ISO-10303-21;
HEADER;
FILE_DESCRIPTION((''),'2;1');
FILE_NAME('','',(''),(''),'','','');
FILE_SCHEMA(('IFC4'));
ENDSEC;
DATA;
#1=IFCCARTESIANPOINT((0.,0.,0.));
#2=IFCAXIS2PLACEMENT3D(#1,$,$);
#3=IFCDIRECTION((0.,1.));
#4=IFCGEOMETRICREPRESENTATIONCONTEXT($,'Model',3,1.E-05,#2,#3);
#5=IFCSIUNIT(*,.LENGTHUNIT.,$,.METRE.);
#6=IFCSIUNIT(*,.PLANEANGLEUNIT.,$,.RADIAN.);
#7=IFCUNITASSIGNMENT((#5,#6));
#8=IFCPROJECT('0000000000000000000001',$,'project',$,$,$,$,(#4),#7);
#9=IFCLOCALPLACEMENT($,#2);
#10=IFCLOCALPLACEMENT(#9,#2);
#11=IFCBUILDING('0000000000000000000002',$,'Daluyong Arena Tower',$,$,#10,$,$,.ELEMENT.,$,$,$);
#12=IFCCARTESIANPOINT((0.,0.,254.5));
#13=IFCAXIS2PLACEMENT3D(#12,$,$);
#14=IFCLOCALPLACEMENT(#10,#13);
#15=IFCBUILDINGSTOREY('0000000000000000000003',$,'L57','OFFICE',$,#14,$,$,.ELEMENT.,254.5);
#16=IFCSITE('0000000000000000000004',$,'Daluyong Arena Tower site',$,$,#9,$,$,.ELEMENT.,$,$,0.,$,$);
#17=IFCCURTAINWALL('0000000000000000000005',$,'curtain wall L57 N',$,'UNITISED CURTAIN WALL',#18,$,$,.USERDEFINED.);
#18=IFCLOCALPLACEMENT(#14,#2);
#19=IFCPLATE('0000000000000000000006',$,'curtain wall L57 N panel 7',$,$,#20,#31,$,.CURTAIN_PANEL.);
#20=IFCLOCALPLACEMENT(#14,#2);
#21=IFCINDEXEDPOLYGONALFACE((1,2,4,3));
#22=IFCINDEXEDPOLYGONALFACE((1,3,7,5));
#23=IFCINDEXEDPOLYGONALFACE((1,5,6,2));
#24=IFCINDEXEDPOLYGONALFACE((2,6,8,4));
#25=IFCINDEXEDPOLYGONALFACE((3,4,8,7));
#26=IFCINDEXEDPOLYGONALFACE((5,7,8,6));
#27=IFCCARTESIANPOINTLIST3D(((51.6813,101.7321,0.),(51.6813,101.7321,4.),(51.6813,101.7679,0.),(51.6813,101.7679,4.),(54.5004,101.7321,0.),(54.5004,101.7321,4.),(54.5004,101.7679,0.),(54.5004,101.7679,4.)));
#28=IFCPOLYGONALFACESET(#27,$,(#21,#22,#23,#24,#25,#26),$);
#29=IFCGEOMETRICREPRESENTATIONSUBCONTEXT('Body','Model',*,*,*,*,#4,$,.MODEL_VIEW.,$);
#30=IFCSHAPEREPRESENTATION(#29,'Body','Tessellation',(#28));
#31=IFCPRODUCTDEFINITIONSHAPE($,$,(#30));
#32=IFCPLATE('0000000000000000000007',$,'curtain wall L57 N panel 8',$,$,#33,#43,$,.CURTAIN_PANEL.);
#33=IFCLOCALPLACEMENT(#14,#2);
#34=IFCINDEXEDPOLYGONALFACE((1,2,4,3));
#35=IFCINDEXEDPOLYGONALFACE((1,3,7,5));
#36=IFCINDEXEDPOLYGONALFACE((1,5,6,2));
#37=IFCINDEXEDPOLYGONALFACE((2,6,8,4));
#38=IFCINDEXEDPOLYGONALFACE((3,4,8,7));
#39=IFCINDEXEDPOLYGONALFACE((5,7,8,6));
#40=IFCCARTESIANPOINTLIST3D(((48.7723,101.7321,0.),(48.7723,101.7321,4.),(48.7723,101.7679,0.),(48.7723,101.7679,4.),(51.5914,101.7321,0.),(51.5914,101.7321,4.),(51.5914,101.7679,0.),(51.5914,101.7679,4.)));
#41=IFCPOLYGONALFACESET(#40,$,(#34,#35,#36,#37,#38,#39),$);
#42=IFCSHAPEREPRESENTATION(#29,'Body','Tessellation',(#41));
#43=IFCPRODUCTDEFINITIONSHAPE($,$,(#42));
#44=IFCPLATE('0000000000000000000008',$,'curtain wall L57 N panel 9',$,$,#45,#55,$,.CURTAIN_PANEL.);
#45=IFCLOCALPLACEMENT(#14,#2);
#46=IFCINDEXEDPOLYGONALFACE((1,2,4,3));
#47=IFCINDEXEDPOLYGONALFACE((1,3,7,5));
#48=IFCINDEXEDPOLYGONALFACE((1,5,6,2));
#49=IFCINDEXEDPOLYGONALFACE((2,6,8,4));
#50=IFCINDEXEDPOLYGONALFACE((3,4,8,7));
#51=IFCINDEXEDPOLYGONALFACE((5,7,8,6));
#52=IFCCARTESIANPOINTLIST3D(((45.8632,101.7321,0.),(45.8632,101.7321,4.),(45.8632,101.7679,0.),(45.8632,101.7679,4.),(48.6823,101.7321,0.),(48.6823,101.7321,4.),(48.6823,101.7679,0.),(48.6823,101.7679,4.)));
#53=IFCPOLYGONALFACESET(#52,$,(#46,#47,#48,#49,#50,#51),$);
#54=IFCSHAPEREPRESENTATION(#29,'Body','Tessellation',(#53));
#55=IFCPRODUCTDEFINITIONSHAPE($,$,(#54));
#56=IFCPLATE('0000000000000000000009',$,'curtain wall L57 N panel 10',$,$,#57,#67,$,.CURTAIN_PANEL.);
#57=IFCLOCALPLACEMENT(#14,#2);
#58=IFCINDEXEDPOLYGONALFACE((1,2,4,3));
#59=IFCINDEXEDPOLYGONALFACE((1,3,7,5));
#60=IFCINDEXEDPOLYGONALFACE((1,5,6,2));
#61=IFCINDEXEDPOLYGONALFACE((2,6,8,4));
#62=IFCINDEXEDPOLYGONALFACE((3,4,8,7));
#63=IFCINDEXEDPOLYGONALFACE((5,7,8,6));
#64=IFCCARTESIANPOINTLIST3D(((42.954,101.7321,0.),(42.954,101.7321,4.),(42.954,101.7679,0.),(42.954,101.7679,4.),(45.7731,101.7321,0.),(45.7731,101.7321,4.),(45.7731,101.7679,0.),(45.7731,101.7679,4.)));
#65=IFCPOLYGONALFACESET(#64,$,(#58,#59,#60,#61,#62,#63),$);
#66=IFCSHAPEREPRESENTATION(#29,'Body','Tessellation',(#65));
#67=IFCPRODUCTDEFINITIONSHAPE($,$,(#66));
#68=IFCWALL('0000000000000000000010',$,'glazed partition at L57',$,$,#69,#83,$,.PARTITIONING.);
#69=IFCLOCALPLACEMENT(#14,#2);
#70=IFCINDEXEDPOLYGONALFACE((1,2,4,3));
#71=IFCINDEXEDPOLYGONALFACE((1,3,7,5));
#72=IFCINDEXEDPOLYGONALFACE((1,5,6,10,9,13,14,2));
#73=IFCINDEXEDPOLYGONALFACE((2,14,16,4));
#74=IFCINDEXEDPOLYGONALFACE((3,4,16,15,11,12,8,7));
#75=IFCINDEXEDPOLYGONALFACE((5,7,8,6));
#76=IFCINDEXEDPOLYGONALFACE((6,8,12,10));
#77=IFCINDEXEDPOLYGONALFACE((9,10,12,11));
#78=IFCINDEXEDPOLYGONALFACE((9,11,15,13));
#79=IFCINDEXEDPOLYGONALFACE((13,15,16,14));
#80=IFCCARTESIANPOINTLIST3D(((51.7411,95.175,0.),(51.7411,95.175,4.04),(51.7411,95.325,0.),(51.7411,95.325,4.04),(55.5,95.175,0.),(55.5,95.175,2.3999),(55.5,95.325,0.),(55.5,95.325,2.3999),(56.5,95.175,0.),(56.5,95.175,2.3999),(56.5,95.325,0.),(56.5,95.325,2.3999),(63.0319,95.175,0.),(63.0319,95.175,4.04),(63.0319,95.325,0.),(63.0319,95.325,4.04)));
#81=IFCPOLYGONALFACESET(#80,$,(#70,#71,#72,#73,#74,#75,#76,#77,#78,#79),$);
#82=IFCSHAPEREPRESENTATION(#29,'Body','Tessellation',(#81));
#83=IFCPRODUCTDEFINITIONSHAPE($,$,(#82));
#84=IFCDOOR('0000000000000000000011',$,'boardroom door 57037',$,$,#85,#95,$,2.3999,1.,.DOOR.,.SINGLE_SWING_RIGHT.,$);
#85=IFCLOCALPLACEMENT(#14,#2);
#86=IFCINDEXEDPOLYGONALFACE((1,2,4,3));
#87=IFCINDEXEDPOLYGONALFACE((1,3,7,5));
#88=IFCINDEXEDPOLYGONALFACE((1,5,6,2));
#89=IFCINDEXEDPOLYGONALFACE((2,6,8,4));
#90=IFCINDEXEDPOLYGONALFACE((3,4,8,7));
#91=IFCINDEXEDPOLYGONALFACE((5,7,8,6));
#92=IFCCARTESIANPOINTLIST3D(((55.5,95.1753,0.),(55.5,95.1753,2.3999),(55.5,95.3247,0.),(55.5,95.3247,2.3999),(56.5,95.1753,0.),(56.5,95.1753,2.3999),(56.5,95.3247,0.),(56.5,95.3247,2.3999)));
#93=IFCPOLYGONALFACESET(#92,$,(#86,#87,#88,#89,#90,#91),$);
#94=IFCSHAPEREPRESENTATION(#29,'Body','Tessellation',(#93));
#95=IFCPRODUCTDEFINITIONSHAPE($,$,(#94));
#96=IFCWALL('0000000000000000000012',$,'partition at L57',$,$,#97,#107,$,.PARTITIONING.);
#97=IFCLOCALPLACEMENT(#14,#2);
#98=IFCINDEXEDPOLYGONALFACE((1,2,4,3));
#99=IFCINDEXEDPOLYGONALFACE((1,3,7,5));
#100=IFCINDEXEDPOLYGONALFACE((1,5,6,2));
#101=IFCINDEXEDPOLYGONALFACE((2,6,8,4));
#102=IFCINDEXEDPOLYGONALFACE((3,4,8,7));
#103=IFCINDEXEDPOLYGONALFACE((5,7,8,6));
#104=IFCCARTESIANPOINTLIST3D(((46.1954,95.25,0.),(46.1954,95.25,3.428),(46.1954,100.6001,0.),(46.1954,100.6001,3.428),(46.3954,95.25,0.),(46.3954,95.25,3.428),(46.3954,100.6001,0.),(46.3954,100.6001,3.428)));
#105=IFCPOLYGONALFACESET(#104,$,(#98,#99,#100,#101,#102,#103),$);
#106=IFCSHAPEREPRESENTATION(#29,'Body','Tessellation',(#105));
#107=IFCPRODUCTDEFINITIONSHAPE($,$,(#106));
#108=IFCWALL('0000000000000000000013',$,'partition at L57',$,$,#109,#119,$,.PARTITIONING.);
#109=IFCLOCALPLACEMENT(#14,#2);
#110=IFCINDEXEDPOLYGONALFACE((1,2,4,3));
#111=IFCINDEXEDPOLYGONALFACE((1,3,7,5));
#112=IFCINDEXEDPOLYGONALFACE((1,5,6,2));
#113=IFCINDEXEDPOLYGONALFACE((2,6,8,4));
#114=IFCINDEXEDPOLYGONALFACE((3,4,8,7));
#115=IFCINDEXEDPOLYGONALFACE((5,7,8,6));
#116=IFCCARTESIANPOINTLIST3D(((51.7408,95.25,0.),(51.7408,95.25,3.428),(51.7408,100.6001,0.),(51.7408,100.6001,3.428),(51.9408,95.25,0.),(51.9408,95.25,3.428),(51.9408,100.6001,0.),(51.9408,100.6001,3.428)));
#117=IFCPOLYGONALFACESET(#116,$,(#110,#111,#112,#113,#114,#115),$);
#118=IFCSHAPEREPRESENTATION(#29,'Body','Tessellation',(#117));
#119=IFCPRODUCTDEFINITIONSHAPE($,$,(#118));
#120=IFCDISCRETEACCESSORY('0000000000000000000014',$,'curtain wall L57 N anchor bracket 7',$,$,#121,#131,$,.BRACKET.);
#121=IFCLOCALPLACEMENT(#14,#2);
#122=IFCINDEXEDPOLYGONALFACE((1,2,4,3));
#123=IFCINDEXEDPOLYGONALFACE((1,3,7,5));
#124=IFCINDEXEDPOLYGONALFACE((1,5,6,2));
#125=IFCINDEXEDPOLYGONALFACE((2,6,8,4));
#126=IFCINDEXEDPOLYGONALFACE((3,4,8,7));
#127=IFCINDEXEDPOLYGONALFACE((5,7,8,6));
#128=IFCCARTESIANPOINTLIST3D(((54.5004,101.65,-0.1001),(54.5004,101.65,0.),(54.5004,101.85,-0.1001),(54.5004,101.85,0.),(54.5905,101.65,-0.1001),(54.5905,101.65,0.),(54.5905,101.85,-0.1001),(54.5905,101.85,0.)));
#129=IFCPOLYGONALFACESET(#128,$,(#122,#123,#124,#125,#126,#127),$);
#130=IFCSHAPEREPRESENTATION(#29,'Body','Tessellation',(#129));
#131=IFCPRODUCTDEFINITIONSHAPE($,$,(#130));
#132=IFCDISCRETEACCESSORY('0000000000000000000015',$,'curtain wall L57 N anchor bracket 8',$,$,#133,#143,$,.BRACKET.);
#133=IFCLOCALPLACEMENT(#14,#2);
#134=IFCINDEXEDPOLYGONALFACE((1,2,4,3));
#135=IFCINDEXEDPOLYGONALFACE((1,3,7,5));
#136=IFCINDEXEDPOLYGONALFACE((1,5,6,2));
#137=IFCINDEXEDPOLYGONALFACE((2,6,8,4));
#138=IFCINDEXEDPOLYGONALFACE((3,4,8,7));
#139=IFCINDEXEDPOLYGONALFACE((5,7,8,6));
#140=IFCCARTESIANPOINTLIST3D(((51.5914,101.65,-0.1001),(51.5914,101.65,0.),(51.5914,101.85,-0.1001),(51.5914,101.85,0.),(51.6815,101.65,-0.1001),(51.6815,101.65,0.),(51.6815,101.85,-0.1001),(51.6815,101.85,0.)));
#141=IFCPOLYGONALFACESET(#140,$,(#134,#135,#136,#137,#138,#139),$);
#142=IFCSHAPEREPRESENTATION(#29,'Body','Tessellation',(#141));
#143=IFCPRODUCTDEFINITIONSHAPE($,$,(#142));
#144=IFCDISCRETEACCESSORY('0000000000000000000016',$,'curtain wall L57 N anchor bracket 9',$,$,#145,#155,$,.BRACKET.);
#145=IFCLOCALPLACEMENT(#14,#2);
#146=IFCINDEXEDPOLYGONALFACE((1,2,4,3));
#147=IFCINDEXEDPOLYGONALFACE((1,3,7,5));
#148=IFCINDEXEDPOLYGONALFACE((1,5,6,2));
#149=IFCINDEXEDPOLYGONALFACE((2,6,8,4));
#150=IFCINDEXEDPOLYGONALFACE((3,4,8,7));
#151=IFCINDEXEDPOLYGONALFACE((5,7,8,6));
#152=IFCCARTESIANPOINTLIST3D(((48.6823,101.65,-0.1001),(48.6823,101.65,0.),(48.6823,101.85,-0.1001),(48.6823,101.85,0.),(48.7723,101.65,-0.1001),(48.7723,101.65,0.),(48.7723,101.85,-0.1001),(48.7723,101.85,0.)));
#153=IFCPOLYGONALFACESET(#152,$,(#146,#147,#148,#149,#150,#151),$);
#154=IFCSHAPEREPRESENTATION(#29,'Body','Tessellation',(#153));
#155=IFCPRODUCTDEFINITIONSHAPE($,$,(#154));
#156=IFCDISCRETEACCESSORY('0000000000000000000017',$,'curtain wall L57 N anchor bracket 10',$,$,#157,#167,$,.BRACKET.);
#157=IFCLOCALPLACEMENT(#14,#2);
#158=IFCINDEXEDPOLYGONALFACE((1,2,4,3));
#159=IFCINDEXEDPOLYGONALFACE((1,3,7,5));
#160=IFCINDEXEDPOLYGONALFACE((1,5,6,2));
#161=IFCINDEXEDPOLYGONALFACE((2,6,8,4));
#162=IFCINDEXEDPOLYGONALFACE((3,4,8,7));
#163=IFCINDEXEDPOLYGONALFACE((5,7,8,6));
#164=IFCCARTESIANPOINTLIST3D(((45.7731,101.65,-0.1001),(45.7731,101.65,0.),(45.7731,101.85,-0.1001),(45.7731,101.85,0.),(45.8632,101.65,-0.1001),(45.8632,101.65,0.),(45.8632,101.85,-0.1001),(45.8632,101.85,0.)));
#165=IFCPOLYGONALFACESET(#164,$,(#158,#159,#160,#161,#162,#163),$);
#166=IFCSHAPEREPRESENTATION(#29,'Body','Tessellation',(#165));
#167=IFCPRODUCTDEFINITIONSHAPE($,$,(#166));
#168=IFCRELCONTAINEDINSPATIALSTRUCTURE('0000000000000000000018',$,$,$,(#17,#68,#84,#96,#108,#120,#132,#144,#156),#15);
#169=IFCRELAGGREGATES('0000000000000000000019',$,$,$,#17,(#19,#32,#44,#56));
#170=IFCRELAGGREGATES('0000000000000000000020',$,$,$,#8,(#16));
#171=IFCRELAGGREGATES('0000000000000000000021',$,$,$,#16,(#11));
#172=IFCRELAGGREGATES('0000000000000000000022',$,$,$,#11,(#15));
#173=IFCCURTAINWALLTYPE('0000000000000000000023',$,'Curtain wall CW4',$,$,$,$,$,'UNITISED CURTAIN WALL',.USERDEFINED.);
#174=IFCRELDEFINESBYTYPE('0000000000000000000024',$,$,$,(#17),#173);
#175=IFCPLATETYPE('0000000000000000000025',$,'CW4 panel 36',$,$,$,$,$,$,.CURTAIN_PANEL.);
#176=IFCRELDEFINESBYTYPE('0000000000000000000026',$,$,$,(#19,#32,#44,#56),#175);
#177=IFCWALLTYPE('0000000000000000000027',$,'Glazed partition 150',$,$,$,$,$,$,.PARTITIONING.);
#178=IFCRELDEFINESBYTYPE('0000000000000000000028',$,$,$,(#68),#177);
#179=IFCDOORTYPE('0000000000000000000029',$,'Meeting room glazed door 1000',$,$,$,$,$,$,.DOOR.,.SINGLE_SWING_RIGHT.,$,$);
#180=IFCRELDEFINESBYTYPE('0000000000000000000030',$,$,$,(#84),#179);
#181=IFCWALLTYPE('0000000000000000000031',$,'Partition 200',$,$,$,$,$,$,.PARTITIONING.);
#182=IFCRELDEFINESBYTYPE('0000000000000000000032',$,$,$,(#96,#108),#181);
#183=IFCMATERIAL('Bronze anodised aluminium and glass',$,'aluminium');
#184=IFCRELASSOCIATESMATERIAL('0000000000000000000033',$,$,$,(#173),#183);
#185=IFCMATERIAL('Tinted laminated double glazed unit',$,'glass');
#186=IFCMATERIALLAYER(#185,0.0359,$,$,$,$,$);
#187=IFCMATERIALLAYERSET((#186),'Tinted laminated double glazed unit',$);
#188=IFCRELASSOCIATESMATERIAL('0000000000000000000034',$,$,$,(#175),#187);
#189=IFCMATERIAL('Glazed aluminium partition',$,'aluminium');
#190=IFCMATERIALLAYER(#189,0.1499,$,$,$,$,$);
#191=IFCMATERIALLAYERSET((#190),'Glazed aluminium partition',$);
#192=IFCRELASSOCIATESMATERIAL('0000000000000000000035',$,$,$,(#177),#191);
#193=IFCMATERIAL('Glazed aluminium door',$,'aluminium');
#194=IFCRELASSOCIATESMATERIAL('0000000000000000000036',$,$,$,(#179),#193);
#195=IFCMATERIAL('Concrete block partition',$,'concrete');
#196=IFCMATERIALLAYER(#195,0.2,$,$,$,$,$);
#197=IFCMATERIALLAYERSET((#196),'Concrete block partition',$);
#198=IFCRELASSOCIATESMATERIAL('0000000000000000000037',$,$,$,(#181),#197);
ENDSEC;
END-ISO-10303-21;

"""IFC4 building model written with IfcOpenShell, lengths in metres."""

from ifc_helpers import new_model, si_unit, direction, frame, frame_2d, origin, origin_2d, place, context, subcontext, project, spatial, rectangle, extrude, material, layer, layer_set, type_object, element, fill, aggregate, save


model = new_model("IFC4")

# Units and contexts
model_context = context("Model", 3, precision=1e-05, world=origin(), true_north=direction((0.0, 1.0)))
body_context = subcontext(model_context, "Body", "Model", "MODEL_VIEW")
ifc_project = project(units=[si_unit("LENGTHUNIT", "METRE"), si_unit("PLANEANGLEUNIT", "RADIAN")], contexts=[model_context])

# Site, building, storey
site_placement = place(None, origin())
site = spatial("IfcSite", under=ifc_project, at=site_placement, Name="Daluyong Arena Tower site", CompositionType="ELEMENT", RefElevation=0.0)
building_placement = place(site_placement, origin())
building = spatial("IfcBuilding", under=site, at=building_placement, Name="Daluyong Arena Tower", CompositionType="ELEMENT")
storey_placement = place(building_placement, frame((0.0, 0.0, 254.5)))
storey = spatial("IfcBuildingStorey", under=building, at=storey_placement, Name="L57", Description="OFFICE", CompositionType="ELEMENT", Elevation=254.5)

# Curtain wall
ifc_material_1 = material(Name="Bronze anodised aluminium and glass", Category="aluminium")
curtain_wall_type = type_object("IfcCurtainWallType", Name="Curtain wall CW4", ElementType="UNITISED CURTAIN WALL", PredefinedType="USERDEFINED", material=ifc_material_1)
curtain_wall_placement = place(storey_placement, origin())
curtain_wall = element("IfcCurtainWall", 1, at=curtain_wall_placement, inside=storey, type_object=curtain_wall_type, Name="curtain wall L57 N", ObjectType="UNITISED CURTAIN WALL", PredefinedType="USERDEFINED")

# Plates
ifc_material_2 = material(Name="Tinted laminated double glazed unit", Category="glass")
ifc_layer_1 = layer(ifc_material_2, 0.0359)
ifc_layer_set_1 = layer_set([ifc_layer_1], Name="Tinted laminated double glazed unit")
plate_type = type_object("IfcPlateType", Name="CW4 panel 36", PredefinedType="CURTAIN_PANEL", material=ifc_layer_set_1)
plate_1_placement = place(storey_placement, frame((53.0908, 101.75, 0.0), z_axis=(0.0, 0.0, 1.0), x_axis=(-1.0, 0.0, 0.0)))
plate_1 = element("IfcPlate", 2, at=plate_1_placement, type_object=plate_type, Name="curtain wall L57 N panel 7", PredefinedType="CURTAIN_PANEL", context=body_context, shape_type="SweptSolid", body=[
    extrude(rectangle(XDim=2.8191, YDim=0.0359, at=origin_2d()), origin(), (0.0, 0.0, 1.0), 4.0),
])
plate_2_placement = place(storey_placement, frame((50.1819, 101.75, 0.0), z_axis=(0.0, 0.0, 1.0), x_axis=(-1.0, 0.0, 0.0)))
plate_2 = element("IfcPlate", 3, at=plate_2_placement, type_object=plate_type, Name="curtain wall L57 N panel 8", PredefinedType="CURTAIN_PANEL", context=body_context, shape_type="SweptSolid", body=[
    extrude(rectangle(XDim=2.8191, YDim=0.0359, at=origin_2d()), origin(), (0.0, 0.0, 1.0), 4.0),
])
plate_3_placement = place(storey_placement, frame((47.2727, 101.75, 0.0), z_axis=(0.0, 0.0, 1.0), x_axis=(-1.0, 0.0, 0.0)))
plate_3 = element("IfcPlate", 4, at=plate_3_placement, type_object=plate_type, Name="curtain wall L57 N panel 9", PredefinedType="CURTAIN_PANEL", context=body_context, shape_type="SweptSolid", body=[
    extrude(rectangle(XDim=2.8191, YDim=0.0359, at=origin_2d()), origin(), (0.0, 0.0, 1.0), 4.0),
])
plate_4_placement = place(storey_placement, frame((44.3635, 101.75, 0.0), z_axis=(0.0, 0.0, 1.0), x_axis=(-1.0, 0.0, 0.0)))
plate_4 = element("IfcPlate", 5, at=plate_4_placement, type_object=plate_type, Name="curtain wall L57 N panel 10", PredefinedType="CURTAIN_PANEL", context=body_context, shape_type="SweptSolid", body=[
    extrude(rectangle(XDim=2.8191, YDim=0.0359, at=origin_2d()), origin(), (0.0, 0.0, 1.0), 4.0),
])
aggregate(curtain_wall, [plate_1, plate_2, plate_3, plate_4])

# Wall, opening, door
ifc_material_3 = material(Name="Glazed aluminium partition", Category="aluminium")
ifc_layer_2 = layer(ifc_material_3, 0.1499)
ifc_layer_set_2 = layer_set([ifc_layer_2], Name="Glazed aluminium partition")
wall_type_1 = type_object("IfcWallType", Name="Glazed partition 150", PredefinedType="PARTITIONING", material=ifc_layer_set_2)
wall_placement = place(storey_placement, frame((51.741, 95.25, 0.0), z_axis=(0.0, 0.0, 1.0), x_axis=(1.0, 0.0, 0.0)))
wall = element("IfcWall", 6, at=wall_placement, inside=storey, type_object=wall_type_1, Name="glazed partition at L57", PredefinedType="PARTITIONING", context=body_context, shape_type="SweptSolid", body=[
    extrude(rectangle(XDim=11.2908, YDim=0.1499, at=frame_2d((5.6455, 0.0))), origin(), (0.0, 0.0, 1.0), 4.04),
])
opening_placement = place(wall_placement, frame((3.759, 0.0, 0.0)))
opening = element("IfcOpeningElement", 7, at=opening_placement, cuts=wall, PredefinedType="OPENING", context=body_context, shape_type="SweptSolid", body=[
    extrude(rectangle(XDim=1.0, YDim=2.3999, at=frame_2d((0.5, 1.2))), frame((0.0, 0.085, 0.0), z_axis=(0.0, -1.0, 0.0), x_axis=(1.0, 0.0, 0.0)), (0.0, 0.0, 1.0), 0.1699),
])
ifc_material_4 = material(Name="Glazed aluminium door", Category="aluminium")
door_type = type_object("IfcDoorType", Name="Meeting room glazed door 1000", OperationType="SINGLE_SWING_RIGHT", PredefinedType="DOOR", material=ifc_material_4)
door_placement = place(opening_placement, origin())
door = element("IfcDoor", 8, at=door_placement, inside=storey, type_object=door_type, Name="boardroom door 57037", OperationType="SINGLE_SWING_RIGHT", OverallHeight=2.3999, OverallWidth=1.0, PredefinedType="DOOR", context=body_context, shape_type="SweptSolid", body=[
    extrude(rectangle(XDim=1.0, YDim=2.3999, at=frame_2d((0.5, 1.2))), frame((0.0, 0.0747, 0.0), z_axis=(0.0, -1.0, 0.0), x_axis=(1.0, 0.0, 0.0)), (0.0, 0.0, 1.0), 0.1494),
])
fill(opening, door)

# Walls
ifc_material_5 = material(Name="Concrete block partition", Category="concrete")
ifc_layer_3 = layer(ifc_material_5, 0.2)
ifc_layer_set_3 = layer_set([ifc_layer_3], Name="Concrete block partition")
wall_type_2 = type_object("IfcWallType", Name="Partition 200", PredefinedType="PARTITIONING", material=ifc_layer_set_3)
for number, where, z_axis, x_axis, name in (
    (9, (46.2954, 95.25, 0.0), (0.0, 0.0, 1.0), (0.0, 1.0, 0.0), "partition at L57"),
    (10, (51.8408, 95.25, 0.0), (0.0, 0.0, 1.0), (0.0, 1.0, 0.0), "partition at L57"),
):
    element("IfcWall", number, at=place(storey_placement, frame(where, z_axis=z_axis, x_axis=x_axis)), inside=storey, type_object=wall_type_2, Name=name, PredefinedType="PARTITIONING", context=body_context, shape_type="SweptSolid", body=[
        extrude(rectangle(XDim=5.3501, YDim=0.2, at=frame_2d((2.675, 0.0))), origin(), (0.0, 0.0, 1.0), 3.428),
    ])

# Discrete accessories
for number, where, z_axis, x_axis, name in (
    (11, (54.5454, 101.75, -0.1001), (0.0, 0.0, 1.0), (-1.0, 0.0, 0.0), "curtain wall L57 N anchor bracket 7"),
    (12, (51.6365, 101.75, -0.1001), (0.0, 0.0, 1.0), (-1.0, 0.0, 0.0), "curtain wall L57 N anchor bracket 8"),
    (13, (48.7273, 101.75, -0.1001), (0.0, 0.0, 1.0), (-1.0, 0.0, 0.0), "curtain wall L57 N anchor bracket 9"),
    (14, (45.8181, 101.75, -0.1001), (0.0, 0.0, 1.0), (-1.0, 0.0, 0.0), "curtain wall L57 N anchor bracket 10"),
):
    element("IfcDiscreteAccessory", number, at=place(storey_placement, frame(where, z_axis=z_axis, x_axis=x_axis)), inside=storey, Name=name, PredefinedType="BRACKET", context=body_context, shape_type="SweptSolid", body=[
        extrude(rectangle(XDim=0.0901, YDim=0.2, at=origin_2d()), origin(), (0.0, 0.0, 1.0), 0.1001),
    ])

save(model, "model.ifc")
